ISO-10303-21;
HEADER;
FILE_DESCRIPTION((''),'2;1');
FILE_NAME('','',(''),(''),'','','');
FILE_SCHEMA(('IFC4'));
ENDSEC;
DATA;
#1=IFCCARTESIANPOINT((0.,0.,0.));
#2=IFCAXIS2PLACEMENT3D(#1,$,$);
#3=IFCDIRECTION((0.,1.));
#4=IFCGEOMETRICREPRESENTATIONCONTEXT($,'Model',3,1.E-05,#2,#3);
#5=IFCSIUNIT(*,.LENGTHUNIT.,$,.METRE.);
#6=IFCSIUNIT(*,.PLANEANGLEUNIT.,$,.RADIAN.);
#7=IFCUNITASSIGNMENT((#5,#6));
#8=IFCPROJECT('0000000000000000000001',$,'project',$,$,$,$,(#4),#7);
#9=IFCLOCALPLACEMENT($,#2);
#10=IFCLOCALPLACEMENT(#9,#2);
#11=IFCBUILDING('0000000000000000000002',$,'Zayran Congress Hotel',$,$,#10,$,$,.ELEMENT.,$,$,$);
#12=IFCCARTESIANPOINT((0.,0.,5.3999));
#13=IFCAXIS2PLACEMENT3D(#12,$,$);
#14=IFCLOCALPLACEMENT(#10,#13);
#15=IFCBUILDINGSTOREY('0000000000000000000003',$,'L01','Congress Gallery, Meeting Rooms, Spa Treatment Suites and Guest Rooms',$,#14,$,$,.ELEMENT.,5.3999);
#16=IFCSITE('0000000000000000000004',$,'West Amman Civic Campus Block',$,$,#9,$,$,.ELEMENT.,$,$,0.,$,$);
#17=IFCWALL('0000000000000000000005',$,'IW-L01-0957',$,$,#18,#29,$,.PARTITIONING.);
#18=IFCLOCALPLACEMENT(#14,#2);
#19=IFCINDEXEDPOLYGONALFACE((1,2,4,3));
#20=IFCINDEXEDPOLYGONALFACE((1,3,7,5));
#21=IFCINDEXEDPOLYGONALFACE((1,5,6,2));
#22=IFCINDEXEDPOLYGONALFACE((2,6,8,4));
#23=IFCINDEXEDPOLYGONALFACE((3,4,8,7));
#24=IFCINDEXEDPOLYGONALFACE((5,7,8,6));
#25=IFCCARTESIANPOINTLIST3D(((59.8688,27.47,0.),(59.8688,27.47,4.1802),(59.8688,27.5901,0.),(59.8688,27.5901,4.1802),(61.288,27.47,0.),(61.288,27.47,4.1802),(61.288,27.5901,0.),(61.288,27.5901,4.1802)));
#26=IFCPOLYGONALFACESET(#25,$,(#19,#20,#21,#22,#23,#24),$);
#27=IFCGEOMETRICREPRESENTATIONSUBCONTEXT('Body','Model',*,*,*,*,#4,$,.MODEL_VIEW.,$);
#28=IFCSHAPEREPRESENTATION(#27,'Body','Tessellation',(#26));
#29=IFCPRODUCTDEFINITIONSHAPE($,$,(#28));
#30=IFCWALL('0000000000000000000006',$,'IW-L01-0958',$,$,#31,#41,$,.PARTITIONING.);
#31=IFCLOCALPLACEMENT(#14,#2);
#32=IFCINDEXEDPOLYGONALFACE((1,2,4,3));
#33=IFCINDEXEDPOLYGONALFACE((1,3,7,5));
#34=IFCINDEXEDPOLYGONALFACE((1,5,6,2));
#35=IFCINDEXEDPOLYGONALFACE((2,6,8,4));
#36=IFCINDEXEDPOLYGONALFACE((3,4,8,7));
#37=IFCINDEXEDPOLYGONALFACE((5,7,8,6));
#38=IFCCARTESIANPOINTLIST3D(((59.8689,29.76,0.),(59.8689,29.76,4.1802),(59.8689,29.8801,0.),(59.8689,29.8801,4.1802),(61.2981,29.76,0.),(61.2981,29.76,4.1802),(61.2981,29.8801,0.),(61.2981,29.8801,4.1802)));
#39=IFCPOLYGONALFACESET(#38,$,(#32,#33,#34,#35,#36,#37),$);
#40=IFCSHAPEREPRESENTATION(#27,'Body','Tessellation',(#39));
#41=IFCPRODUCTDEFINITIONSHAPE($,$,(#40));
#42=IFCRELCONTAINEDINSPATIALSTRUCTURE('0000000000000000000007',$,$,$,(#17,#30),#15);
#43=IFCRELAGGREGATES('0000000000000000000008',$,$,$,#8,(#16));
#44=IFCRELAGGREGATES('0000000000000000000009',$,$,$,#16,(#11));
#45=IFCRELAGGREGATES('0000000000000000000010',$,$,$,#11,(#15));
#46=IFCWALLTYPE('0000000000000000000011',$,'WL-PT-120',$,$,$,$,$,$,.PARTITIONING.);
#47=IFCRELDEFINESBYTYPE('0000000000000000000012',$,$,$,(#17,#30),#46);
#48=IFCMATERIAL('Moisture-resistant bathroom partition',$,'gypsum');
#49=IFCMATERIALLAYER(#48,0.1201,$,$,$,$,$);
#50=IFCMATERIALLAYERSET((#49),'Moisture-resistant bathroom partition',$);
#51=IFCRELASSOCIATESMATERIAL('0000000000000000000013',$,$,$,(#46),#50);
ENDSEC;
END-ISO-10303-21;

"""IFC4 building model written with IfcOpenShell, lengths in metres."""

from ifc_helpers import new_model, si_unit, direction, frame, frame_2d, origin, place, context, subcontext, project, spatial, rectangle, extrude, material, layer, layer_set, type_object, element, save


model = new_model("IFC4")

# Units and contexts
model_context = context("Model", 3, precision=1e-05, world=origin(), true_north=direction((0.0, 1.0)))
body_context = subcontext(model_context, "Body", "Model", "MODEL_VIEW")
ifc_project = project(units=[si_unit("LENGTHUNIT", "METRE"), si_unit("PLANEANGLEUNIT", "RADIAN")], contexts=[model_context])

# Site, building, storey
site_placement = place(None, origin())
site = spatial("IfcSite", under=ifc_project, at=site_placement, Name="West Amman Civic Campus Block", CompositionType="ELEMENT", RefElevation=0.0)
building_placement = place(site_placement, origin())
building = spatial("IfcBuilding", under=site, at=building_placement, Name="Zayran Congress Hotel", CompositionType="ELEMENT")
storey_placement = place(building_placement, frame((0.0, 0.0, 5.3999)))
storey = spatial("IfcBuildingStorey", under=building, at=storey_placement, Name="L01", Description="Congress Gallery, Meeting Rooms, Spa Treatment Suites and Guest Rooms", CompositionType="ELEMENT", Elevation=5.3999)

# Shared definitions
ifc_material_1 = material(Name="Moisture-resistant bathroom partition", Category="gypsum")
ifc_layer_1 = layer(ifc_material_1, 0.1201)
ifc_layer_set_1 = layer_set([ifc_layer_1], Name="Moisture-resistant bathroom partition")
wall_type_1 = type_object("IfcWallType", Name="WL-PT-120", PredefinedType="PARTITIONING", material=ifc_layer_set_1)

# Walls
wall_1_placement = place(storey_placement, frame((59.8689, 27.53, 0.0), z_axis=(0.0, 0.0, 1.0), x_axis=(1.0, 0.0, 0.0)))
element("IfcWall", 1, at=wall_1_placement, inside=storey, type_object=wall_type_1, Name="IW-L01-0957", PredefinedType="PARTITIONING", context=body_context, shape_type="SweptSolid", body=[
    extrude(rectangle(XDim=1.4192, YDim=0.1201, at=frame_2d((0.7095, 0.0))), origin(), (0.0, 0.0, 1.0), 4.1802),
])
wall_2_placement = place(storey_placement, frame((59.8689, 29.8201, 0.0), z_axis=(0.0, 0.0, 1.0), x_axis=(1.0, 0.0, 0.0)))
element("IfcWall", 2, at=wall_2_placement, inside=storey, type_object=wall_type_1, Name="IW-L01-0958", PredefinedType="PARTITIONING", context=body_context, shape_type="SweptSolid", body=[
    extrude(rectangle(XDim=1.4292, YDim=0.1201, at=frame_2d((0.7146, 0.0))), origin(), (0.0, 0.0, 1.0), 4.1802),
])

save(model, "model.ifc")
